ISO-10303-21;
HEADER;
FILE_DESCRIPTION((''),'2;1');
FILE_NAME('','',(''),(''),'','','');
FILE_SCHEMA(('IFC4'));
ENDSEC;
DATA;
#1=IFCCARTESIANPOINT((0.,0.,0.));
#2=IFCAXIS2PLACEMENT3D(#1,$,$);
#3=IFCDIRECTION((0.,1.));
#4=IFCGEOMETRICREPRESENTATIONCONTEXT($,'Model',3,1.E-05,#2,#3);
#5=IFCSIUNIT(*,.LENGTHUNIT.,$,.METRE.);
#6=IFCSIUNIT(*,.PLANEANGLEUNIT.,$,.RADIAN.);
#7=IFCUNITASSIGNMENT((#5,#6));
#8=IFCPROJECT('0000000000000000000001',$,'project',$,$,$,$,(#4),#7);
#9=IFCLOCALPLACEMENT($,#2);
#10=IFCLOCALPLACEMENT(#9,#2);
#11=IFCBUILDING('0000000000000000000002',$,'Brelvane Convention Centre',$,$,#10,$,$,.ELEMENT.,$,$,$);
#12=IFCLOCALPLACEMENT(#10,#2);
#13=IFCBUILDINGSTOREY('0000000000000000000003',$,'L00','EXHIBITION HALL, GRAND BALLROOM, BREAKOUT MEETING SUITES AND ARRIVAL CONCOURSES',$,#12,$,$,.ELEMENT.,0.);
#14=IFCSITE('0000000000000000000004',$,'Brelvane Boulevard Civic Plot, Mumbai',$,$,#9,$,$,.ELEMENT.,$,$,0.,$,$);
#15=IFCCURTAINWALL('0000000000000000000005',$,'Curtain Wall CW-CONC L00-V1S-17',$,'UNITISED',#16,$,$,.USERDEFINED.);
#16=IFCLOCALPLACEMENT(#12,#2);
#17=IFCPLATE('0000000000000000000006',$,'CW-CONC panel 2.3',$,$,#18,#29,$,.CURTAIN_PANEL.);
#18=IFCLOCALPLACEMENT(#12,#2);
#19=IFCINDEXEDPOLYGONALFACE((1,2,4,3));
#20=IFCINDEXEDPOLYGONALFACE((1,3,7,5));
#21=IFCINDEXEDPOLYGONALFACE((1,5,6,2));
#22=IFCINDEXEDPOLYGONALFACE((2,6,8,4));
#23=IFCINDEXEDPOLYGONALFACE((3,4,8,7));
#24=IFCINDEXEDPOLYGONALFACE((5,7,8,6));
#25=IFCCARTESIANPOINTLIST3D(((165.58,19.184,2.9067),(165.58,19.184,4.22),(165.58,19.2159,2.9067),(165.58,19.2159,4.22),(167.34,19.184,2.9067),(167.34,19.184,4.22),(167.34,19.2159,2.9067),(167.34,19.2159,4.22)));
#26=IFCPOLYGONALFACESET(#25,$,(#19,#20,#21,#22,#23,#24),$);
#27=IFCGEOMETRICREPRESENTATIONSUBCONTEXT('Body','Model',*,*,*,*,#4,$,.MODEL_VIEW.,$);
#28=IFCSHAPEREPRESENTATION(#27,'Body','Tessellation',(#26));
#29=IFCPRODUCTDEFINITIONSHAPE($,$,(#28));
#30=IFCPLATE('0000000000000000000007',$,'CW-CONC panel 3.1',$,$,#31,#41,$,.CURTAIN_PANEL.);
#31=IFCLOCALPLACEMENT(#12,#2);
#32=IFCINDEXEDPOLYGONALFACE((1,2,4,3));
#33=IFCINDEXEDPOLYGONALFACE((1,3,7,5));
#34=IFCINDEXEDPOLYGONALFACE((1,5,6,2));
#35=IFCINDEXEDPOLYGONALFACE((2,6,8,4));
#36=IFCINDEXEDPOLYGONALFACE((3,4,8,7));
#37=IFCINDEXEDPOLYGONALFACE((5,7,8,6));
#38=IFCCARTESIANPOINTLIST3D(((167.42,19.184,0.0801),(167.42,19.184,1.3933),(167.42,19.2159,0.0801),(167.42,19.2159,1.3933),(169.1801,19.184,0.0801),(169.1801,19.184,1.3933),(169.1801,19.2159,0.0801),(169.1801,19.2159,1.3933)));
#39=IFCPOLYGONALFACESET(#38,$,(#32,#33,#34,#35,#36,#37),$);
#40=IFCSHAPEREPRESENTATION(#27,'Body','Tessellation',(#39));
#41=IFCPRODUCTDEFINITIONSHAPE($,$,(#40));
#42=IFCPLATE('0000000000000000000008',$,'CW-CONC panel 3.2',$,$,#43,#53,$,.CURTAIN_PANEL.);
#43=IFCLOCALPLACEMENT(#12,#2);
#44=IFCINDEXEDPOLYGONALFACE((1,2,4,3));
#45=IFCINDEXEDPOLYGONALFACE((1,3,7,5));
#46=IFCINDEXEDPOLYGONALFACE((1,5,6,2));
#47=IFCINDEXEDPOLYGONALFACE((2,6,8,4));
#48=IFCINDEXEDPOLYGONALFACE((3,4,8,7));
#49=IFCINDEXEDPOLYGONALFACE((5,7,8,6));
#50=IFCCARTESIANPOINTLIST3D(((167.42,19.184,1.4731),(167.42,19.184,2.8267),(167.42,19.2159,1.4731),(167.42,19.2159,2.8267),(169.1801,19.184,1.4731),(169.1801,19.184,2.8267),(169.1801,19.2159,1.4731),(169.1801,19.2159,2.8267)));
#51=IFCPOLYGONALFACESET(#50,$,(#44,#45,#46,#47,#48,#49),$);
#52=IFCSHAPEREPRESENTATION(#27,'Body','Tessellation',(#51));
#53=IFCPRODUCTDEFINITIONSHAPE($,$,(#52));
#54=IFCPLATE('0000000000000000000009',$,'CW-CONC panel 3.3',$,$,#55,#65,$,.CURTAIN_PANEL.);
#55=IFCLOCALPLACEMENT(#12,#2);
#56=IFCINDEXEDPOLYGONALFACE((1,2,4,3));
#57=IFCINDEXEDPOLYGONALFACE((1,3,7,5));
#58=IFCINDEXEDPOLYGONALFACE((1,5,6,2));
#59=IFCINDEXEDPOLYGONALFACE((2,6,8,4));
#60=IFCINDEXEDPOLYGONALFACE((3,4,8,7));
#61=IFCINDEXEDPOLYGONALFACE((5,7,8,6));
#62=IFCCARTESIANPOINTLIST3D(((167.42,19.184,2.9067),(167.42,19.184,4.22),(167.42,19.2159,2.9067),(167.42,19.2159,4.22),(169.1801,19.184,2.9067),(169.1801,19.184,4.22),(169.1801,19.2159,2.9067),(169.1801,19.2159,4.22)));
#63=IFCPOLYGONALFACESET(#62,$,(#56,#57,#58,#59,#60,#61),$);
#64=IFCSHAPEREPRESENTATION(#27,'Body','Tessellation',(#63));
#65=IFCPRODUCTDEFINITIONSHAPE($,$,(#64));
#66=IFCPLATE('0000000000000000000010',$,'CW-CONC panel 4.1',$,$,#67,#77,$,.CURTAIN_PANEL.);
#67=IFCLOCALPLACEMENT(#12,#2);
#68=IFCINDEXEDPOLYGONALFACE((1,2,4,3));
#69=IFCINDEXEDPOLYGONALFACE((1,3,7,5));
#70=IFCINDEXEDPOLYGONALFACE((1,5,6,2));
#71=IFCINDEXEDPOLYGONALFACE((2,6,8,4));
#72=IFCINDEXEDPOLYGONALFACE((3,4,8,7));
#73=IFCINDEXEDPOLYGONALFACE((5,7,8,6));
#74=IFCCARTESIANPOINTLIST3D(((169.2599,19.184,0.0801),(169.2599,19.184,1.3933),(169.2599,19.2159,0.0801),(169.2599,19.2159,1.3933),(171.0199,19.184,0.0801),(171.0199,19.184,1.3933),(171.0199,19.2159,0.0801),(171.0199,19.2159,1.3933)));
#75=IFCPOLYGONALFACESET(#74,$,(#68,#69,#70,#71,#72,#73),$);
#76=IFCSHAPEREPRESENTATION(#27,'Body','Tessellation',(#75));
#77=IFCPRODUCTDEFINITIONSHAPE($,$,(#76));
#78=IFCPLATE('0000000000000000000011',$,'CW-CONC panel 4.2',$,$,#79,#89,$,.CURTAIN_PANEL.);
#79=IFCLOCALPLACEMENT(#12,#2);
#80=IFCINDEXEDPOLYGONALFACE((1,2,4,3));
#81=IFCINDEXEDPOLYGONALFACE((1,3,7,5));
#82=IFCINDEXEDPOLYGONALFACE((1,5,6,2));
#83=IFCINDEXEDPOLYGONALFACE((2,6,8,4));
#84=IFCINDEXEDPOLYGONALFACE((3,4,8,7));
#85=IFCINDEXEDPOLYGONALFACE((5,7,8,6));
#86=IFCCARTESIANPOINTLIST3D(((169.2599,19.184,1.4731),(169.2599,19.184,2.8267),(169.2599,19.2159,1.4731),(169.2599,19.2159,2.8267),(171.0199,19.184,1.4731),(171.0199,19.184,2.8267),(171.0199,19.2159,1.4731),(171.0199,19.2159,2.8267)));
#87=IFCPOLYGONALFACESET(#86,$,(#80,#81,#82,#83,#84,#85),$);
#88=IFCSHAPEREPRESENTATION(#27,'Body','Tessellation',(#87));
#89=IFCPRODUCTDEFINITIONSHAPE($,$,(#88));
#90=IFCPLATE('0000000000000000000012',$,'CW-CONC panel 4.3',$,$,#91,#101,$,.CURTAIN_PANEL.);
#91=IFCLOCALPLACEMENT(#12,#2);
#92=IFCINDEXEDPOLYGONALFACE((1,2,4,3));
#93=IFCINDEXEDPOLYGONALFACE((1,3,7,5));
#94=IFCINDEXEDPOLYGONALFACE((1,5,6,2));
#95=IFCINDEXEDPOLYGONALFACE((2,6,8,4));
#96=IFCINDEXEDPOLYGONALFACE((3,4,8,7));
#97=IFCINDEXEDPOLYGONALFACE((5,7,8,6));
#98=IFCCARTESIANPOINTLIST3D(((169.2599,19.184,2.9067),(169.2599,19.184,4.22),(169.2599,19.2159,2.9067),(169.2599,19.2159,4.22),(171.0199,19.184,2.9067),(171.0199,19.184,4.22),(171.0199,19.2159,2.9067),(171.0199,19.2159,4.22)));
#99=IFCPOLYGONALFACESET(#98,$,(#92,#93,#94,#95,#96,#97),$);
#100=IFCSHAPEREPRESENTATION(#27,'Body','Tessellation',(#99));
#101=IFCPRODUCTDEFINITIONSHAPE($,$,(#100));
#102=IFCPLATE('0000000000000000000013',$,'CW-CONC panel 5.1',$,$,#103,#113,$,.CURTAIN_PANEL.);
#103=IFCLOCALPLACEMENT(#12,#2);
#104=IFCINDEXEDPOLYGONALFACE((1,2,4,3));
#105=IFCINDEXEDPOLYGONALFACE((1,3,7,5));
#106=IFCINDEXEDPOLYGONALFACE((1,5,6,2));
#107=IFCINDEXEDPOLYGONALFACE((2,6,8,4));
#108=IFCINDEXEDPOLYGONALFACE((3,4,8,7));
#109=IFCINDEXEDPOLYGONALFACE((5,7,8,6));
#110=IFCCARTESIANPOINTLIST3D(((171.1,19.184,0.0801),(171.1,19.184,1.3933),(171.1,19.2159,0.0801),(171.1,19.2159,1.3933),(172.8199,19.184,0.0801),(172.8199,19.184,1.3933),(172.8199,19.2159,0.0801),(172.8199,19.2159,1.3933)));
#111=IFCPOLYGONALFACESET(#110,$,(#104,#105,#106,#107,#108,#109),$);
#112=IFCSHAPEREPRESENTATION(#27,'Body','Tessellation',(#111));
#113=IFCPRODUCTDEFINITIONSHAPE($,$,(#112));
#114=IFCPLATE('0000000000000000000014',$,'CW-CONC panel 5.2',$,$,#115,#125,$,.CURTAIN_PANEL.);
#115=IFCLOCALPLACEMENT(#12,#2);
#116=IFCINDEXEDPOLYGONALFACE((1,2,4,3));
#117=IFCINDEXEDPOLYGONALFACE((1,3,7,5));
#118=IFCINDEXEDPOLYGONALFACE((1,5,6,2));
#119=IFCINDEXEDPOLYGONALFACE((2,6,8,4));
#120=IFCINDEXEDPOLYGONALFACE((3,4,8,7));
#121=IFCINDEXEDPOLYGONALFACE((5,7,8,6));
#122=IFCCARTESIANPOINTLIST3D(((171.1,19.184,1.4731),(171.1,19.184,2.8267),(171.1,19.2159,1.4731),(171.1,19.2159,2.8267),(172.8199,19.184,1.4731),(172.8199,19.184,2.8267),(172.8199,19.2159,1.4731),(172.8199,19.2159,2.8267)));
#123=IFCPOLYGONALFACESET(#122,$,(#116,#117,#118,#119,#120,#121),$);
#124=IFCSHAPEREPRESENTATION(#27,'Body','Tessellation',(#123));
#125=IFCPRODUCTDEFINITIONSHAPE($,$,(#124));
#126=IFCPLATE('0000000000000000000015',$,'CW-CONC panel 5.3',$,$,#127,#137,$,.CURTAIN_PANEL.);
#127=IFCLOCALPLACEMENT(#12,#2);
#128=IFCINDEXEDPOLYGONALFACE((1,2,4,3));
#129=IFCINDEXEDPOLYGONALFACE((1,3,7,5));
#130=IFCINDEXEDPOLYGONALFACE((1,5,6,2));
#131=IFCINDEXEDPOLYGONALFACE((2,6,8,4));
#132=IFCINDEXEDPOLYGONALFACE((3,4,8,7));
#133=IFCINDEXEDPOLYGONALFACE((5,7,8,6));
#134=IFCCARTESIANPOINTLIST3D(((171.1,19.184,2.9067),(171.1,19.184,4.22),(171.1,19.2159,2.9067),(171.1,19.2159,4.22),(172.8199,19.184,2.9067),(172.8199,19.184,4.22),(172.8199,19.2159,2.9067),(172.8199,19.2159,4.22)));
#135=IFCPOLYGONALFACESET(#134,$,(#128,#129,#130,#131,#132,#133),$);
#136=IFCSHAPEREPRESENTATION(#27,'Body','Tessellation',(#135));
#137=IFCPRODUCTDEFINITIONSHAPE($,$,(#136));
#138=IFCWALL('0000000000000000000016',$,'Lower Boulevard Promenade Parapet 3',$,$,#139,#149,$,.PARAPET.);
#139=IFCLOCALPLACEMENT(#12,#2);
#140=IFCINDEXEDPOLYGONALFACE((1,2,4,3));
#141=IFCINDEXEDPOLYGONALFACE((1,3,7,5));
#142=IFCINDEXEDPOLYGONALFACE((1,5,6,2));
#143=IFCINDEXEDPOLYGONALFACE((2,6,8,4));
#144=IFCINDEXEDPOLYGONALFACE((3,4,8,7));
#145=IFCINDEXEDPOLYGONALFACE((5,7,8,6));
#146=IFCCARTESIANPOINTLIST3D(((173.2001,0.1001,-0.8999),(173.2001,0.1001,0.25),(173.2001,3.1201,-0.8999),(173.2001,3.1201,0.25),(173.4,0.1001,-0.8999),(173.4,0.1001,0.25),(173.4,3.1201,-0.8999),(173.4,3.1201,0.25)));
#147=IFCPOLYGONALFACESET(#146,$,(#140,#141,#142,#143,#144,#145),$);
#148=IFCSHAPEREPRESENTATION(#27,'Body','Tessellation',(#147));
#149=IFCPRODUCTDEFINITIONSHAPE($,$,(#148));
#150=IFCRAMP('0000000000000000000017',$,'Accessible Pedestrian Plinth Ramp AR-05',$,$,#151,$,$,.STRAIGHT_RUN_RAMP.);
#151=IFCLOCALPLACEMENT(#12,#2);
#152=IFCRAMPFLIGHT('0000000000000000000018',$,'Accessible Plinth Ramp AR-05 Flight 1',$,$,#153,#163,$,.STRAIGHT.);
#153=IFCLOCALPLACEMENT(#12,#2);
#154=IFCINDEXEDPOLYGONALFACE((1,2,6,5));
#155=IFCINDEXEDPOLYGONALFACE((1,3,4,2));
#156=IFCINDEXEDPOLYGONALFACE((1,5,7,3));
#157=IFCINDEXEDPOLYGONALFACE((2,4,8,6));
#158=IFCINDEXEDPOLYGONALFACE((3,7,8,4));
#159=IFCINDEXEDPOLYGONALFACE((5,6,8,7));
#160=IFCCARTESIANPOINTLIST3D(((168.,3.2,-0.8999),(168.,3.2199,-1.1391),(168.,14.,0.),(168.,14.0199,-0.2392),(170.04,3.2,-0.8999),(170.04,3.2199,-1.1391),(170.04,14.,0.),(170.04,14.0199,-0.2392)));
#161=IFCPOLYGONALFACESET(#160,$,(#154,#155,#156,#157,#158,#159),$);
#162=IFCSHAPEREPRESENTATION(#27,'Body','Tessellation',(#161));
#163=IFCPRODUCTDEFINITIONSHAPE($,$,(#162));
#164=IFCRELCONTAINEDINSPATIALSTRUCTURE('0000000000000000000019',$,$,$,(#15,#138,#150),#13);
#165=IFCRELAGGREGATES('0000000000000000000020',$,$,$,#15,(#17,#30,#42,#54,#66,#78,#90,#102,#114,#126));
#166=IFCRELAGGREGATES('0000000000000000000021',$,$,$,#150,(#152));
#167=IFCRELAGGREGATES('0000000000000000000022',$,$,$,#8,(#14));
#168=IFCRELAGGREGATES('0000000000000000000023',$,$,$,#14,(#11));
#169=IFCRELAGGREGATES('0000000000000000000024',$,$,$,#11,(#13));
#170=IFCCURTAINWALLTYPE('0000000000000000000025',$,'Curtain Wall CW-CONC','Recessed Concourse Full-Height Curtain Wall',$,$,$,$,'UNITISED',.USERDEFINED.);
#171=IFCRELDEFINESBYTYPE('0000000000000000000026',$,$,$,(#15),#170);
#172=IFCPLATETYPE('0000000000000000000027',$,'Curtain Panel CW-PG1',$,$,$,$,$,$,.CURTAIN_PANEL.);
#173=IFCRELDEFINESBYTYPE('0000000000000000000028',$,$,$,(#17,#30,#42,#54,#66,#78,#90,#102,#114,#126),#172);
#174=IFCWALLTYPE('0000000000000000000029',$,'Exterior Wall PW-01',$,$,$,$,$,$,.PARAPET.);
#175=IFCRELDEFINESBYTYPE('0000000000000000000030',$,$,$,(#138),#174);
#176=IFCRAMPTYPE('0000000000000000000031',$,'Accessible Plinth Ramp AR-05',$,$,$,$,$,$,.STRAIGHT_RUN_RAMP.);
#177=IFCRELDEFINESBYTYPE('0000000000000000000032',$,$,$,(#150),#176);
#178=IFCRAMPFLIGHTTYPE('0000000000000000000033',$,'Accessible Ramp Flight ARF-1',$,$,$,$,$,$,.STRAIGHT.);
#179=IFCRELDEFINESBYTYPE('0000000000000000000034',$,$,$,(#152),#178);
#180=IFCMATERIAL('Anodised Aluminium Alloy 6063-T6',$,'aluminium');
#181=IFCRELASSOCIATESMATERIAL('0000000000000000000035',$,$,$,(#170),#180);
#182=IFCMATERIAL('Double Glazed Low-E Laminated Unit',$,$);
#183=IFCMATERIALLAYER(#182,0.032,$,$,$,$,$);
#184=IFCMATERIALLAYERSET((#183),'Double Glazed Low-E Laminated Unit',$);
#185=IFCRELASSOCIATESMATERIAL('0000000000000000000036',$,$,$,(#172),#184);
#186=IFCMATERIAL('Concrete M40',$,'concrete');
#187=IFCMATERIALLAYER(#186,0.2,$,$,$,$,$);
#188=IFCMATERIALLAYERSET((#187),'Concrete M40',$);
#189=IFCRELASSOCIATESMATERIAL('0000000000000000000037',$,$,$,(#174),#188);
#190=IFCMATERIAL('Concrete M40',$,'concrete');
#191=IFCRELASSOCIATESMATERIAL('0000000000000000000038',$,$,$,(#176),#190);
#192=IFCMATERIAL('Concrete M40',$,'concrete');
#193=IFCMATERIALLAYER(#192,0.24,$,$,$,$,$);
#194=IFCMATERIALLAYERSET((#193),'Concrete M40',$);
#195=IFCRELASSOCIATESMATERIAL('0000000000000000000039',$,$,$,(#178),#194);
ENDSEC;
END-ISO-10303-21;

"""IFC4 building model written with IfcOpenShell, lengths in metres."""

from ifc_helpers import new_model, si_unit, direction, frame, frame_2d, origin, origin_2d, place, context, subcontext, project, spatial, polyline, rectangle, outline, extrude, material, layer, layer_set, type_object, element, aggregate, save


model = new_model("IFC4")

# Units and contexts
model_context = context("Model", 3, precision=1e-05, world=origin(), true_north=direction((0.0, 1.0)))
body_context = subcontext(model_context, "Body", "Model", "MODEL_VIEW")
ifc_project = project(units=[si_unit("LENGTHUNIT", "METRE"), si_unit("PLANEANGLEUNIT", "RADIAN")], contexts=[model_context])

# Site, building, storey
site_placement = place(None, origin())
site = spatial("IfcSite", under=ifc_project, at=site_placement, Name="Brelvane Boulevard Civic Plot, Mumbai", CompositionType="ELEMENT", RefElevation=0.0)
building_placement = place(site_placement, origin())
building = spatial("IfcBuilding", under=site, at=building_placement, Name="Brelvane Convention Centre", CompositionType="ELEMENT")
storey_placement = place(building_placement, origin())
storey = spatial("IfcBuildingStorey", under=building, at=storey_placement, Name="L00", Description="EXHIBITION HALL, GRAND BALLROOM, BREAKOUT MEETING SUITES AND ARRIVAL CONCOURSES", CompositionType="ELEMENT", Elevation=0.0)

# Curtain wall
ifc_material_1 = material(Name="Anodised Aluminium Alloy 6063-T6", Category="aluminium")
curtain_wall_type = type_object("IfcCurtainWallType", Name="Curtain Wall CW-CONC", Description="Recessed Concourse Full-Height Curtain Wall", ElementType="UNITISED", PredefinedType="USERDEFINED", material=ifc_material_1)
curtain_wall_placement = place(storey_placement, origin())
curtain_wall = element("IfcCurtainWall", 1, at=curtain_wall_placement, inside=storey, type_object=curtain_wall_type, Name="Curtain Wall CW-CONC L00-V1S-17", ObjectType="UNITISED", PredefinedType="USERDEFINED")

# Plates
ifc_material_2 = material(Name="Double Glazed Low-E Laminated Unit")
ifc_layer_1 = layer(ifc_material_2, 0.032)
ifc_layer_set_1 = layer_set([ifc_layer_1], Name="Double Glazed Low-E Laminated Unit")
plate_type = type_object("IfcPlateType", Name="Curtain Panel CW-PG1", PredefinedType="CURTAIN_PANEL", material=ifc_layer_set_1)
plate_1_placement = place(storey_placement, frame((166.46, 19.2, 2.9067), z_axis=(0.0, 0.0, 1.0), x_axis=(1.0, 0.0, 0.0)))
plate_1 = element("IfcPlate", 2, at=plate_1_placement, type_object=plate_type, Name="CW-CONC panel 2.3", PredefinedType="CURTAIN_PANEL", context=body_context, shape_type="SweptSolid", body=[
    extrude(rectangle(XDim=1.76, YDim=0.032, at=origin_2d()), origin(), (0.0, 0.0, 1.0), 1.3132),
])
plate_2_placement = place(storey_placement, frame((168.3, 19.2, 0.0801), z_axis=(0.0, 0.0, 1.0), x_axis=(1.0, 0.0, 0.0)))
plate_2 = element("IfcPlate", 3, at=plate_2_placement, type_object=plate_type, Name="CW-CONC panel 3.1", PredefinedType="CURTAIN_PANEL", context=body_context, shape_type="SweptSolid", body=[
    extrude(rectangle(XDim=1.76, YDim=0.032, at=origin_2d()), origin(), (0.0, 0.0, 1.0), 1.3132),
])
plate_3_placement = place(storey_placement, frame((168.3, 19.2, 1.4731), z_axis=(0.0, 0.0, 1.0), x_axis=(1.0, 0.0, 0.0)))
plate_3 = element("IfcPlate", 4, at=plate_3_placement, type_object=plate_type, Name="CW-CONC panel 3.2", PredefinedType="CURTAIN_PANEL", context=body_context, shape_type="SweptSolid", body=[
    extrude(rectangle(XDim=1.76, YDim=0.032, at=origin_2d()), origin(), (0.0, 0.0, 1.0), 1.3535),
])
plate_4_placement = place(storey_placement, frame((168.3, 19.2, 2.9067), z_axis=(0.0, 0.0, 1.0), x_axis=(1.0, 0.0, 0.0)))
plate_4 = element("IfcPlate", 5, at=plate_4_placement, type_object=plate_type, Name="CW-CONC panel 3.3", PredefinedType="CURTAIN_PANEL", context=body_context, shape_type="SweptSolid", body=[
    extrude(rectangle(XDim=1.76, YDim=0.032, at=origin_2d()), origin(), (0.0, 0.0, 1.0), 1.3132),
])
plate_5_placement = place(storey_placement, frame((170.1399, 19.2, 0.0801), z_axis=(0.0, 0.0, 1.0), x_axis=(1.0, 0.0, 0.0)))
plate_5 = element("IfcPlate", 6, at=plate_5_placement, type_object=plate_type, Name="CW-CONC panel 4.1", PredefinedType="CURTAIN_PANEL", context=body_context, shape_type="SweptSolid", body=[
    extrude(rectangle(XDim=1.76, YDim=0.032, at=origin_2d()), origin(), (0.0, 0.0, 1.0), 1.3132),
])
plate_6_placement = place(storey_placement, frame((170.1399, 19.2, 1.4731), z_axis=(0.0, 0.0, 1.0), x_axis=(1.0, 0.0, 0.0)))
plate_6 = element("IfcPlate", 7, at=plate_6_placement, type_object=plate_type, Name="CW-CONC panel 4.2", PredefinedType="CURTAIN_PANEL", context=body_context, shape_type="SweptSolid", body=[
    extrude(rectangle(XDim=1.76, YDim=0.032, at=origin_2d()), origin(), (0.0, 0.0, 1.0), 1.3535),
])
plate_7_placement = place(storey_placement, frame((170.1399, 19.2, 2.9067), z_axis=(0.0, 0.0, 1.0), x_axis=(1.0, 0.0, 0.0)))
plate_7 = element("IfcPlate", 8, at=plate_7_placement, type_object=plate_type, Name="CW-CONC panel 4.3", PredefinedType="CURTAIN_PANEL", context=body_context, shape_type="SweptSolid", body=[
    extrude(rectangle(XDim=1.76, YDim=0.032, at=origin_2d()), origin(), (0.0, 0.0, 1.0), 1.3132),
])
plate_8_placement = place(storey_placement, frame((171.96, 19.2, 0.0801), z_axis=(0.0, 0.0, 1.0), x_axis=(1.0, 0.0, 0.0)))
plate_8 = element("IfcPlate", 9, at=plate_8_placement, type_object=plate_type, Name="CW-CONC panel 5.1", PredefinedType="CURTAIN_PANEL", context=body_context, shape_type="SweptSolid", body=[
    extrude(rectangle(XDim=1.72, YDim=0.032, at=origin_2d()), origin(), (0.0, 0.0, 1.0), 1.3132),
])
plate_9_placement = place(storey_placement, frame((171.96, 19.2, 1.4731), z_axis=(0.0, 0.0, 1.0), x_axis=(1.0, 0.0, 0.0)))
plate_9 = element("IfcPlate", 10, at=plate_9_placement, type_object=plate_type, Name="CW-CONC panel 5.2", PredefinedType="CURTAIN_PANEL", context=body_context, shape_type="SweptSolid", body=[
    extrude(rectangle(XDim=1.72, YDim=0.032, at=origin_2d()), origin(), (0.0, 0.0, 1.0), 1.3535),
])
plate_10_placement = place(storey_placement, frame((171.96, 19.2, 2.9067), z_axis=(0.0, 0.0, 1.0), x_axis=(1.0, 0.0, 0.0)))
plate_10 = element("IfcPlate", 11, at=plate_10_placement, type_object=plate_type, Name="CW-CONC panel 5.3", PredefinedType="CURTAIN_PANEL", context=body_context, shape_type="SweptSolid", body=[
    extrude(rectangle(XDim=1.72, YDim=0.032, at=origin_2d()), origin(), (0.0, 0.0, 1.0), 1.3132),
])
aggregate(curtain_wall, [plate_1, plate_2, plate_3, plate_4, plate_5, plate_6, plate_7, plate_8, plate_9, plate_10])

# Wall
ifc_material_3 = material(Name="Concrete M40", Category="concrete")
ifc_layer_2 = layer(ifc_material_3, 0.2)
ifc_layer_set_2 = layer_set([ifc_layer_2], Name="Concrete M40")
wall_type = type_object("IfcWallType", Name="Exterior Wall PW-01", PredefinedType="PARAPET", material=ifc_layer_set_2)
wall_placement = place(storey_placement, frame((173.3, 0.1001, -0.8999), z_axis=(0.0, 0.0, 1.0), x_axis=(0.0, 1.0, 0.0)))
element("IfcWall", 12, at=wall_placement, inside=storey, type_object=wall_type, Name="Lower Boulevard Promenade Parapet 3", PredefinedType="PARAPET", context=body_context, shape_type="SweptSolid", body=[
    extrude(rectangle(XDim=3.02, YDim=0.2, at=frame_2d((1.51, 0.0))), origin(), (0.0, 0.0, 1.0), 1.1499),
])

# Ramp, ramp flight
ifc_material_4 = material(Name="Concrete M40", Category="concrete")
ramp_type = type_object("IfcRampType", Name="Accessible Plinth Ramp AR-05", PredefinedType="STRAIGHT_RUN_RAMP", material=ifc_material_4)
ramp_placement = place(storey_placement, origin())
ramp = element("IfcRamp", 13, at=ramp_placement, inside=storey, type_object=ramp_type, Name="Accessible Pedestrian Plinth Ramp AR-05", PredefinedType="STRAIGHT_RUN_RAMP")
ifc_material_5 = material(Name="Concrete M40", Category="concrete")
ifc_layer_3 = layer(ifc_material_5, 0.24)
ifc_layer_set_3 = layer_set([ifc_layer_3], Name="Concrete M40")
ramp_flight_type = type_object("IfcRampFlightType", Name="Accessible Ramp Flight ARF-1", PredefinedType="STRAIGHT", material=ifc_layer_set_3)
ramp_flight_placement = place(storey_placement, frame((168.0, 3.2, -0.8999), z_axis=(0.0, -0.083036, 0.996547), x_axis=(1.0, 0.0, 0.0)))
ramp_flight = element("IfcRampFlight", 14, at=ramp_flight_placement, type_object=ramp_flight_type, Name="Accessible Plinth Ramp AR-05 Flight 1", PredefinedType="STRAIGHT", context=body_context, shape_type="SweptSolid", body=[
    extrude(outline(polyline([(0.0, 0.0), (2.04, 0.0), (2.04, 10.8375), (0.0, 10.8375), (0.0, 0.0)])), origin(), (0.0, 0.0, -1.0), 0.24),
])
aggregate(ramp, [ramp_flight])

save(model, "model.ifc")
